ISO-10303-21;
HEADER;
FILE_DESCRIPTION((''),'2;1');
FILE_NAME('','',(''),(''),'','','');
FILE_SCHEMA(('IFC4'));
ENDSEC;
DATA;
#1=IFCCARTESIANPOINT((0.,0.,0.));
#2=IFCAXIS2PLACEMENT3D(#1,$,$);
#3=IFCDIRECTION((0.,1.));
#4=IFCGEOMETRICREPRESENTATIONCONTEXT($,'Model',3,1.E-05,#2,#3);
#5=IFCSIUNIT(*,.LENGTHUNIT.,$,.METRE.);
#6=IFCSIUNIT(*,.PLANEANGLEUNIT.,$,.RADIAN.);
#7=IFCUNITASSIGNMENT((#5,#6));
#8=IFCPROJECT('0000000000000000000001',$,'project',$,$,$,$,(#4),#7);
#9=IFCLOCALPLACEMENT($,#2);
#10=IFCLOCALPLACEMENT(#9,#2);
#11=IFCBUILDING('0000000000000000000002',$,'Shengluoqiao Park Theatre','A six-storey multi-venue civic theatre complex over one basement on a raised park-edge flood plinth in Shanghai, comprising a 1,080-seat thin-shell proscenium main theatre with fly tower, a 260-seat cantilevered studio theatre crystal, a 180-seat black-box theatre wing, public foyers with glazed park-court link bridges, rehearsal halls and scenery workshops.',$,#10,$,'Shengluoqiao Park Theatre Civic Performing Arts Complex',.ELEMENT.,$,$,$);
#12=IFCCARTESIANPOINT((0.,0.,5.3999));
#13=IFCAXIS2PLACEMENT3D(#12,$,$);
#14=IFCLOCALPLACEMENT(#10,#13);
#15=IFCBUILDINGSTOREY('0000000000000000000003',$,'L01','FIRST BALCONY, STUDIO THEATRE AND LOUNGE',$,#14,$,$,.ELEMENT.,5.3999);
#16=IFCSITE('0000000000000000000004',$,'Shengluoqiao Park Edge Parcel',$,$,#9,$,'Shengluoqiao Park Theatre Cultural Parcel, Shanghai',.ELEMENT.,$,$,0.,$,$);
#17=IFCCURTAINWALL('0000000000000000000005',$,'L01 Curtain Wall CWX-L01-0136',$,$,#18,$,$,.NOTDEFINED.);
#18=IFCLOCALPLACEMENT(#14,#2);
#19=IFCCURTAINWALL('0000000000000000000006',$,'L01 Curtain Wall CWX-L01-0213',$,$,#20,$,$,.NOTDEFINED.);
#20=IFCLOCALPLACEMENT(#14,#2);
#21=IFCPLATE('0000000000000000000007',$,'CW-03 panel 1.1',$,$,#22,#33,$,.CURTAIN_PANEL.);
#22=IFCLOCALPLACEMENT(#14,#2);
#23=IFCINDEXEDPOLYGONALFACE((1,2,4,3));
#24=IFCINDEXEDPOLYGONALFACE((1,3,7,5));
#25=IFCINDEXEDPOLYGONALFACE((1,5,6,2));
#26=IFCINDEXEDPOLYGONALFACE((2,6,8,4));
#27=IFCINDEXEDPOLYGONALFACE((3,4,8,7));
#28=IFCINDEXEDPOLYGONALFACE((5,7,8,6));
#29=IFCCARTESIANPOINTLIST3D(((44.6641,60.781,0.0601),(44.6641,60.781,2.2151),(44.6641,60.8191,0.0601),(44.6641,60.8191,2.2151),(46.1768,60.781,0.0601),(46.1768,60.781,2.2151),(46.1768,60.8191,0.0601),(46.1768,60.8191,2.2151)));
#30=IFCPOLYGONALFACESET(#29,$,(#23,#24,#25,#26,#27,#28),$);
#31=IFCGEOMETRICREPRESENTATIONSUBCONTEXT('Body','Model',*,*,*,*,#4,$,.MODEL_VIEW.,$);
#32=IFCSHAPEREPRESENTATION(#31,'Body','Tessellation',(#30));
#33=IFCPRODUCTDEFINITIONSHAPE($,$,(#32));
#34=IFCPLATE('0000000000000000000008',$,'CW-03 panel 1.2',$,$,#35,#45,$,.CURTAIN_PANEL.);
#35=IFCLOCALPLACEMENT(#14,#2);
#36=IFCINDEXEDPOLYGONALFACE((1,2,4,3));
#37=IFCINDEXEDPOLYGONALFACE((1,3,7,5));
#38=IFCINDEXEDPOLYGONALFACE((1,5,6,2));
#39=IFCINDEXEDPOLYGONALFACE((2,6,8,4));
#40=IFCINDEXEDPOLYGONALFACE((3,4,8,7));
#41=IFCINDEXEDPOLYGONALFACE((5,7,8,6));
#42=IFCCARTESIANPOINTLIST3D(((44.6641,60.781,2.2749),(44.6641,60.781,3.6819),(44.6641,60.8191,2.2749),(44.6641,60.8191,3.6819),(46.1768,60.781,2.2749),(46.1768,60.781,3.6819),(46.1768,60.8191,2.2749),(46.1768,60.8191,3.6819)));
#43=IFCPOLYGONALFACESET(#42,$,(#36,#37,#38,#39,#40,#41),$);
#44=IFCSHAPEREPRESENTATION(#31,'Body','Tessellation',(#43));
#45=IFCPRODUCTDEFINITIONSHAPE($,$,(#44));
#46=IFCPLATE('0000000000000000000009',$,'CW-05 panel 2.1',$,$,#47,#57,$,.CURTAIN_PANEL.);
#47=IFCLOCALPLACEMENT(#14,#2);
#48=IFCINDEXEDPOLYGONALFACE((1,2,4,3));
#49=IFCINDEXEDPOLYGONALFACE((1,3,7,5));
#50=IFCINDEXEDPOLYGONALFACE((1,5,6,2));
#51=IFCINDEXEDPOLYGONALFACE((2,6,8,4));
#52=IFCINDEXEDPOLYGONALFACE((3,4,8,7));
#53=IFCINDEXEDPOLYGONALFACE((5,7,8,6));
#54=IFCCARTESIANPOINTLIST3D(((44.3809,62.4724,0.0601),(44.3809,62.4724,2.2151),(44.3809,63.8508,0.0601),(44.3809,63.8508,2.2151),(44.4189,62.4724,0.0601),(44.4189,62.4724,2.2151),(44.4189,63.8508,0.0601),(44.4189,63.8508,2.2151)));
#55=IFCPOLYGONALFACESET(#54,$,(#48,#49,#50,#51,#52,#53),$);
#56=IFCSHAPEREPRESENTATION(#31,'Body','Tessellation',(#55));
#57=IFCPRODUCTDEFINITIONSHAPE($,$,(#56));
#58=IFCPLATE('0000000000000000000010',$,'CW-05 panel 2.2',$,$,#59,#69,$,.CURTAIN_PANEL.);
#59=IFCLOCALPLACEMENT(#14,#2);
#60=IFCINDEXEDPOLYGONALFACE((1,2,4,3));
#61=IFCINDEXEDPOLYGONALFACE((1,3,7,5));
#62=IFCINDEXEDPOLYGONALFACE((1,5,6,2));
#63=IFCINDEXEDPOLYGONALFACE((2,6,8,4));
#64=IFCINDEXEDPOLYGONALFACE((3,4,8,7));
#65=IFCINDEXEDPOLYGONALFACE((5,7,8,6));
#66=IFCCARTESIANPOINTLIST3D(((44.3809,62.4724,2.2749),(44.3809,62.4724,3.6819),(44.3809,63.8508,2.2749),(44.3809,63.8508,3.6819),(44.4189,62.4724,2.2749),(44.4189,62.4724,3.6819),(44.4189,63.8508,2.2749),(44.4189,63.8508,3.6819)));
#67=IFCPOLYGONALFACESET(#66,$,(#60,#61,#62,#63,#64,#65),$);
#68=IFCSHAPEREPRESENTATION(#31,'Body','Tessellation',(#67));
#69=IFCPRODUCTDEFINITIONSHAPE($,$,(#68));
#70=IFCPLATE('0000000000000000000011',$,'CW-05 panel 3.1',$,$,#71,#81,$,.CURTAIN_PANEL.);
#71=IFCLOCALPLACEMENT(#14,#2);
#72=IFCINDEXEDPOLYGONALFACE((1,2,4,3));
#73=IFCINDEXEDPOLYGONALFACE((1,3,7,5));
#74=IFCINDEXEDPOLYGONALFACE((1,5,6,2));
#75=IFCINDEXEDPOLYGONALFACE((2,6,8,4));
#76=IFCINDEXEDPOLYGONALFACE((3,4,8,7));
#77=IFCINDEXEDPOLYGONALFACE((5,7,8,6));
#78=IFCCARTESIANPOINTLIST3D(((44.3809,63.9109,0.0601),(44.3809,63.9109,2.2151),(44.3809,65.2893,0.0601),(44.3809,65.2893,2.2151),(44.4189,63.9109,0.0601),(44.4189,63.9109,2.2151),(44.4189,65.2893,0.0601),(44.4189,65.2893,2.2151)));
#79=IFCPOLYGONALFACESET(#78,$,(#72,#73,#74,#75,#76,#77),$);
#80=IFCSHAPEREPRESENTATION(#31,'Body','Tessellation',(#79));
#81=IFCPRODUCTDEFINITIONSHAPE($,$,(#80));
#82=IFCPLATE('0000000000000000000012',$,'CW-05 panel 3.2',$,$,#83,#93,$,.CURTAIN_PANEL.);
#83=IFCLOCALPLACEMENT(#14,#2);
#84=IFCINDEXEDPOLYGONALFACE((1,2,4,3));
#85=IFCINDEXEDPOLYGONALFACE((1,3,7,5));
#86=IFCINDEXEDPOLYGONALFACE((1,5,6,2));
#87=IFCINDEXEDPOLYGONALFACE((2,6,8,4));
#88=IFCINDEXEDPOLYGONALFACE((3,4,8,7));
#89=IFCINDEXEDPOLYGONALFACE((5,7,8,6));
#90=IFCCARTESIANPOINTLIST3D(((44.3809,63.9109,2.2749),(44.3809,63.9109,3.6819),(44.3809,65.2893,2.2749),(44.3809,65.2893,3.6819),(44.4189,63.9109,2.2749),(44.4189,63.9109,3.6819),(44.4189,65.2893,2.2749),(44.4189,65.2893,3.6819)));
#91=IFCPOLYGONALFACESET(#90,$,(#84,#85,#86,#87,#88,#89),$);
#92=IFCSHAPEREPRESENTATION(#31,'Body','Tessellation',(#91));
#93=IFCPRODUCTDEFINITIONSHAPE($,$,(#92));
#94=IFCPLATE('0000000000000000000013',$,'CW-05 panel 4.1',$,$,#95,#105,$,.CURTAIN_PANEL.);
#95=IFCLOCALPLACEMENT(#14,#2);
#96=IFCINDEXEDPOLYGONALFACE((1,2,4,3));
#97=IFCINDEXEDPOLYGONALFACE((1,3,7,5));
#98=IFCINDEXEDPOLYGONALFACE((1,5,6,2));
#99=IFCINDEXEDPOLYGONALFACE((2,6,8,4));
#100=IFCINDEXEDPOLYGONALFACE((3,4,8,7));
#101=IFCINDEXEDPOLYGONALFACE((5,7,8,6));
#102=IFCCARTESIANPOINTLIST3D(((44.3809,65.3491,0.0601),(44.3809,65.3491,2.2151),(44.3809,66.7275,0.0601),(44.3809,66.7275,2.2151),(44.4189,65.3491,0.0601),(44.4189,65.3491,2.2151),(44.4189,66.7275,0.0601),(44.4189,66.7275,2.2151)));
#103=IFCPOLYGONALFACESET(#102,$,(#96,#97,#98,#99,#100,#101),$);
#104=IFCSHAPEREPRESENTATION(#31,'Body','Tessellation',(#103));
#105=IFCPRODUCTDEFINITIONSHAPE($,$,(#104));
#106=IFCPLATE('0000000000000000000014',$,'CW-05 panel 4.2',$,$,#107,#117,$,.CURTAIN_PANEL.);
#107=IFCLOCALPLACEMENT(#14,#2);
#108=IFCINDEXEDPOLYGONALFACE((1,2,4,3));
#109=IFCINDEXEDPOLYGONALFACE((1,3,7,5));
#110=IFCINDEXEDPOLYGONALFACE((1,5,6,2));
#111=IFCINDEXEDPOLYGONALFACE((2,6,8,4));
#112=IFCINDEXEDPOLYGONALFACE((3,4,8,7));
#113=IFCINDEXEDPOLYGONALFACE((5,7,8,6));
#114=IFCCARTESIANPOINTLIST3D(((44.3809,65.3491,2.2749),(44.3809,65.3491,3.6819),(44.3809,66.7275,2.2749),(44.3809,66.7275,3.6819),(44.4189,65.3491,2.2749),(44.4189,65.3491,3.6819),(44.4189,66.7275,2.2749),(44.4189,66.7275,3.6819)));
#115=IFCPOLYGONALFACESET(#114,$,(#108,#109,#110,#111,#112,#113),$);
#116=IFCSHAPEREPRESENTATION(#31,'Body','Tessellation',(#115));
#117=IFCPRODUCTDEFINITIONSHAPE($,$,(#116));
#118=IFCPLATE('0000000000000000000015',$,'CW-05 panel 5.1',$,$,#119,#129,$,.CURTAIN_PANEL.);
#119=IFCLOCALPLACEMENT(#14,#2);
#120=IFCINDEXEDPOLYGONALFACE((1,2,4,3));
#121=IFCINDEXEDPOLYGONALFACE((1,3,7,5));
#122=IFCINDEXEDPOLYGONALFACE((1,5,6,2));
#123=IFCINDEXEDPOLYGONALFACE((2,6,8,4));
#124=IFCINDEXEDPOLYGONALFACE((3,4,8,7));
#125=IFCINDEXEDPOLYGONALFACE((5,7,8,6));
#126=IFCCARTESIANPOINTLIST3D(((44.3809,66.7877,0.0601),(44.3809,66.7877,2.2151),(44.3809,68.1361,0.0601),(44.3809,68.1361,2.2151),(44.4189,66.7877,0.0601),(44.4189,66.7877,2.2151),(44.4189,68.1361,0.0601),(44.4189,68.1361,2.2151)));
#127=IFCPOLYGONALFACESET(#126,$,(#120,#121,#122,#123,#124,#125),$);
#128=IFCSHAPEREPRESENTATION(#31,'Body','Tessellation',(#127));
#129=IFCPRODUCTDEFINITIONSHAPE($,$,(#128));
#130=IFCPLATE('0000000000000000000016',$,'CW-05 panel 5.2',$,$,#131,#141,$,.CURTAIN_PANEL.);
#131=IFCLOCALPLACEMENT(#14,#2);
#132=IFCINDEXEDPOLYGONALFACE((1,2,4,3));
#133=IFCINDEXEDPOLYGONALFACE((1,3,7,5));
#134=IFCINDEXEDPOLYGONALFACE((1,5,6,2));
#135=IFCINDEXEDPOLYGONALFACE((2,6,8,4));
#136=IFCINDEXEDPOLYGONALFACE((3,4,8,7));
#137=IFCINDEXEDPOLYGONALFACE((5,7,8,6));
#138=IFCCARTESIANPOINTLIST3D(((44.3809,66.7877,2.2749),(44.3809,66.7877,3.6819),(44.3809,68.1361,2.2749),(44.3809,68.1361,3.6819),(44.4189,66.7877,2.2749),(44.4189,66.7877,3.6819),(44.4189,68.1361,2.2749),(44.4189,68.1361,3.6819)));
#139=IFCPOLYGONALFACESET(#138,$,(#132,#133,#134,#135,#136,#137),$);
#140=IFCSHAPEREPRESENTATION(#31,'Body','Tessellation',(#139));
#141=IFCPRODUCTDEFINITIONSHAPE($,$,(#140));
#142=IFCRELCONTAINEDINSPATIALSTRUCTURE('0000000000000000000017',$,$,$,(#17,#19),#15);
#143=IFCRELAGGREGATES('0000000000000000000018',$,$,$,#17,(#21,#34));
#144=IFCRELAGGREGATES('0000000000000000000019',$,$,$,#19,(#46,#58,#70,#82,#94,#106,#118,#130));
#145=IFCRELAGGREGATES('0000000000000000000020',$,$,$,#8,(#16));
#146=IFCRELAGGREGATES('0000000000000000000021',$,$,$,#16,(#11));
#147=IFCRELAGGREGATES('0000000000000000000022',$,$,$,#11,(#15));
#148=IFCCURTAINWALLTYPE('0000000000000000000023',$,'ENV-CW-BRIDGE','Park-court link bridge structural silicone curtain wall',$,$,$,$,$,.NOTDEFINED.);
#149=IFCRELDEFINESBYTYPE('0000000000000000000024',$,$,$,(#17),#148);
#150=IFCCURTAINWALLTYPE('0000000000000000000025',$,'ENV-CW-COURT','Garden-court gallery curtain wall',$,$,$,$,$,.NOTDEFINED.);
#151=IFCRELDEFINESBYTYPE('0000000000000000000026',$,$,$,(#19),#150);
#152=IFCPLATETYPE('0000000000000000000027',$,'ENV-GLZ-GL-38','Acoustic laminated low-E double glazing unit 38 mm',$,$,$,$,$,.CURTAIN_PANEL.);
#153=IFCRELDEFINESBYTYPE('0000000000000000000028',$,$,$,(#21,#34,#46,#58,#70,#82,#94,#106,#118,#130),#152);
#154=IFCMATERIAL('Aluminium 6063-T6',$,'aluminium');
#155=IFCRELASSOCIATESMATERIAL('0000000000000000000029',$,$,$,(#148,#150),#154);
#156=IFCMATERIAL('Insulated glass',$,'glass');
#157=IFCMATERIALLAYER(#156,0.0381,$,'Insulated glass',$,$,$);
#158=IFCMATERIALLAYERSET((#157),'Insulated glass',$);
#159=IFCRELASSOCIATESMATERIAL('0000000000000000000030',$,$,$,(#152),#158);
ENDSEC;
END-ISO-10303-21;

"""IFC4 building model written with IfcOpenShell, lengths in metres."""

from ifc_helpers import new_model, si_unit, direction, frame, origin, origin_2d, place, context, subcontext, project, spatial, rectangle, extrude, material, layer, layer_set, type_object, element, aggregate, save


model = new_model("IFC4")

# Units and contexts
model_context = context("Model", 3, precision=1e-05, world=origin(), true_north=direction((0.0, 1.0)))
body_context = subcontext(model_context, "Body", "Model", "MODEL_VIEW")
ifc_project = project(units=[si_unit("LENGTHUNIT", "METRE"), si_unit("PLANEANGLEUNIT", "RADIAN")], contexts=[model_context])

# Site, building, storey
site_placement = place(None, origin())
site = spatial("IfcSite", under=ifc_project, at=site_placement, Name="Shengluoqiao Park Edge Parcel", LongName="Shengluoqiao Park Theatre Cultural Parcel, Shanghai", CompositionType="ELEMENT", RefElevation=0.0)
building_placement = place(site_placement, origin())
building = spatial("IfcBuilding", under=site, at=building_placement, Name="Shengluoqiao Park Theatre", Description="A six-storey multi-venue civic theatre complex over one basement on a raised park-edge flood plinth in Shanghai, comprising a 1,080-seat thin-shell proscenium main theatre with fly tower, a 260-seat cantilevered studio theatre crystal, a 180-seat black-box theatre wing, public foyers with glazed park-court link bridges, rehearsal halls and scenery workshops.", LongName="Shengluoqiao Park Theatre Civic Performing Arts Complex", CompositionType="ELEMENT")
storey_placement = place(building_placement, frame((0.0, 0.0, 5.3999)))
storey = spatial("IfcBuildingStorey", under=building, at=storey_placement, Name="L01", Description="FIRST BALCONY, STUDIO THEATRE AND LOUNGE", CompositionType="ELEMENT", Elevation=5.3999)

# Curtain walls
ifc_material_1 = material(Name="Aluminium 6063-T6", Category="aluminium")
curtain_wall_type_1 = type_object("IfcCurtainWallType", Name="ENV-CW-BRIDGE", Description="Park-court link bridge structural silicone curtain wall", PredefinedType="NOTDEFINED", material=ifc_material_1)
curtain_wall_1_placement = place(storey_placement, origin())
curtain_wall_1 = element("IfcCurtainWall", 1, at=curtain_wall_1_placement, inside=storey, type_object=curtain_wall_type_1, Name="L01 Curtain Wall CWX-L01-0136", PredefinedType="NOTDEFINED")
curtain_wall_type_2 = type_object("IfcCurtainWallType", Name="ENV-CW-COURT", Description="Garden-court gallery curtain wall", PredefinedType="NOTDEFINED", material=ifc_material_1)
curtain_wall_2_placement = place(storey_placement, origin())
curtain_wall_2 = element("IfcCurtainWall", 2, at=curtain_wall_2_placement, inside=storey, type_object=curtain_wall_type_2, Name="L01 Curtain Wall CWX-L01-0213", PredefinedType="NOTDEFINED")

# Plates
ifc_material_2 = material(Name="Insulated glass", Category="glass")
ifc_layer = layer(ifc_material_2, 0.0381, Name="Insulated glass")
ifc_layer_set = layer_set([ifc_layer], Name="Insulated glass")
plate_type = type_object("IfcPlateType", Name="ENV-GLZ-GL-38", Description="Acoustic laminated low-E double glazing unit 38 mm", PredefinedType="CURTAIN_PANEL", material=ifc_layer_set)
plate_1_placement = place(storey_placement, frame((45.4204, 60.8, 0.0601), z_axis=(0.0, 0.0, 1.0), x_axis=(1.0, 0.0, 0.0)))
plate_1 = element("IfcPlate", 3, at=plate_1_placement, type_object=plate_type, Name="CW-03 panel 1.1", PredefinedType="CURTAIN_PANEL", context=body_context, shape_type="SweptSolid", body=[
    extrude(rectangle(XDim=1.5127, YDim=0.0381, at=origin_2d()), origin(), (0.0, 0.0, 1.0), 2.155),
])
plate_2_placement = place(storey_placement, frame((45.4204, 60.8, 2.2749), z_axis=(0.0, 0.0, 1.0), x_axis=(1.0, 0.0, 0.0)))
plate_2 = element("IfcPlate", 4, at=plate_2_placement, type_object=plate_type, Name="CW-03 panel 1.2", PredefinedType="CURTAIN_PANEL", context=body_context, shape_type="SweptSolid", body=[
    extrude(rectangle(XDim=1.5127, YDim=0.0381, at=origin_2d()), origin(), (0.0, 0.0, 1.0), 1.407),
])
aggregate(curtain_wall_1, [plate_1, plate_2])
plate_3_placement = place(storey_placement, frame((44.3999, 63.1616, 0.0601), z_axis=(0.0, 0.0, 1.0), x_axis=(0.0, 1.0, 0.0)))
plate_3 = element("IfcPlate", 5, at=plate_3_placement, type_object=plate_type, Name="CW-05 panel 2.1", PredefinedType="CURTAIN_PANEL", context=body_context, shape_type="SweptSolid", body=[
    extrude(rectangle(XDim=1.3784, YDim=0.0381, at=origin_2d()), origin(), (0.0, 0.0, 1.0), 2.155),
])
plate_4_placement = place(storey_placement, frame((44.3999, 63.1616, 2.2749), z_axis=(0.0, 0.0, 1.0), x_axis=(0.0, 1.0, 0.0)))
plate_4 = element("IfcPlate", 6, at=plate_4_placement, type_object=plate_type, Name="CW-05 panel 2.2", PredefinedType="CURTAIN_PANEL", context=body_context, shape_type="SweptSolid", body=[
    extrude(rectangle(XDim=1.3784, YDim=0.0381, at=origin_2d()), origin(), (0.0, 0.0, 1.0), 1.407),
])
plate_5_placement = place(storey_placement, frame((44.3999, 64.6001, 0.0601), z_axis=(0.0, 0.0, 1.0), x_axis=(0.0, 1.0, 0.0)))
plate_5 = element("IfcPlate", 7, at=plate_5_placement, type_object=plate_type, Name="CW-05 panel 3.1", PredefinedType="CURTAIN_PANEL", context=body_context, shape_type="SweptSolid", body=[
    extrude(rectangle(XDim=1.3784, YDim=0.0381, at=origin_2d()), origin(), (0.0, 0.0, 1.0), 2.155),
])
plate_6_placement = place(storey_placement, frame((44.3999, 64.6001, 2.2749), z_axis=(0.0, 0.0, 1.0), x_axis=(0.0, 1.0, 0.0)))
plate_6 = element("IfcPlate", 8, at=plate_6_placement, type_object=plate_type, Name="CW-05 panel 3.2", PredefinedType="CURTAIN_PANEL", context=body_context, shape_type="SweptSolid", body=[
    extrude(rectangle(XDim=1.3784, YDim=0.0381, at=origin_2d()), origin(), (0.0, 0.0, 1.0), 1.407),
])
plate_7_placement = place(storey_placement, frame((44.3999, 66.0383, 0.0601), z_axis=(0.0, 0.0, 1.0), x_axis=(0.0, 1.0, 0.0)))
plate_7 = element("IfcPlate", 9, at=plate_7_placement, type_object=plate_type, Name="CW-05 panel 4.1", PredefinedType="CURTAIN_PANEL", context=body_context, shape_type="SweptSolid", body=[
    extrude(rectangle(XDim=1.3784, YDim=0.0381, at=origin_2d()), origin(), (0.0, 0.0, 1.0), 2.155),
])
plate_8_placement = place(storey_placement, frame((44.3999, 66.0383, 2.2749), z_axis=(0.0, 0.0, 1.0), x_axis=(0.0, 1.0, 0.0)))
plate_8 = element("IfcPlate", 10, at=plate_8_placement, type_object=plate_type, Name="CW-05 panel 4.2", PredefinedType="CURTAIN_PANEL", context=body_context, shape_type="SweptSolid", body=[
    extrude(rectangle(XDim=1.3784, YDim=0.0381, at=origin_2d()), origin(), (0.0, 0.0, 1.0), 1.407),
])
plate_9_placement = place(storey_placement, frame((44.3999, 67.4619, 0.0601), z_axis=(0.0, 0.0, 1.0), x_axis=(0.0, 1.0, 0.0)))
plate_9 = element("IfcPlate", 11, at=plate_9_placement, type_object=plate_type, Name="CW-05 panel 5.1", PredefinedType="CURTAIN_PANEL", context=body_context, shape_type="SweptSolid", body=[
    extrude(rectangle(XDim=1.3484, YDim=0.0381, at=origin_2d()), origin(), (0.0, 0.0, 1.0), 2.155),
])
plate_10_placement = place(storey_placement, frame((44.3999, 67.4619, 2.2749), z_axis=(0.0, 0.0, 1.0), x_axis=(0.0, 1.0, 0.0)))
plate_10 = element("IfcPlate", 12, at=plate_10_placement, type_object=plate_type, Name="CW-05 panel 5.2", PredefinedType="CURTAIN_PANEL", context=body_context, shape_type="SweptSolid", body=[
    extrude(rectangle(XDim=1.3484, YDim=0.0381, at=origin_2d()), origin(), (0.0, 0.0, 1.0), 1.407),
])
aggregate(curtain_wall_2, [plate_3, plate_4, plate_5, plate_6, plate_7, plate_8, plate_9, plate_10])

save(model, "model.ifc")
